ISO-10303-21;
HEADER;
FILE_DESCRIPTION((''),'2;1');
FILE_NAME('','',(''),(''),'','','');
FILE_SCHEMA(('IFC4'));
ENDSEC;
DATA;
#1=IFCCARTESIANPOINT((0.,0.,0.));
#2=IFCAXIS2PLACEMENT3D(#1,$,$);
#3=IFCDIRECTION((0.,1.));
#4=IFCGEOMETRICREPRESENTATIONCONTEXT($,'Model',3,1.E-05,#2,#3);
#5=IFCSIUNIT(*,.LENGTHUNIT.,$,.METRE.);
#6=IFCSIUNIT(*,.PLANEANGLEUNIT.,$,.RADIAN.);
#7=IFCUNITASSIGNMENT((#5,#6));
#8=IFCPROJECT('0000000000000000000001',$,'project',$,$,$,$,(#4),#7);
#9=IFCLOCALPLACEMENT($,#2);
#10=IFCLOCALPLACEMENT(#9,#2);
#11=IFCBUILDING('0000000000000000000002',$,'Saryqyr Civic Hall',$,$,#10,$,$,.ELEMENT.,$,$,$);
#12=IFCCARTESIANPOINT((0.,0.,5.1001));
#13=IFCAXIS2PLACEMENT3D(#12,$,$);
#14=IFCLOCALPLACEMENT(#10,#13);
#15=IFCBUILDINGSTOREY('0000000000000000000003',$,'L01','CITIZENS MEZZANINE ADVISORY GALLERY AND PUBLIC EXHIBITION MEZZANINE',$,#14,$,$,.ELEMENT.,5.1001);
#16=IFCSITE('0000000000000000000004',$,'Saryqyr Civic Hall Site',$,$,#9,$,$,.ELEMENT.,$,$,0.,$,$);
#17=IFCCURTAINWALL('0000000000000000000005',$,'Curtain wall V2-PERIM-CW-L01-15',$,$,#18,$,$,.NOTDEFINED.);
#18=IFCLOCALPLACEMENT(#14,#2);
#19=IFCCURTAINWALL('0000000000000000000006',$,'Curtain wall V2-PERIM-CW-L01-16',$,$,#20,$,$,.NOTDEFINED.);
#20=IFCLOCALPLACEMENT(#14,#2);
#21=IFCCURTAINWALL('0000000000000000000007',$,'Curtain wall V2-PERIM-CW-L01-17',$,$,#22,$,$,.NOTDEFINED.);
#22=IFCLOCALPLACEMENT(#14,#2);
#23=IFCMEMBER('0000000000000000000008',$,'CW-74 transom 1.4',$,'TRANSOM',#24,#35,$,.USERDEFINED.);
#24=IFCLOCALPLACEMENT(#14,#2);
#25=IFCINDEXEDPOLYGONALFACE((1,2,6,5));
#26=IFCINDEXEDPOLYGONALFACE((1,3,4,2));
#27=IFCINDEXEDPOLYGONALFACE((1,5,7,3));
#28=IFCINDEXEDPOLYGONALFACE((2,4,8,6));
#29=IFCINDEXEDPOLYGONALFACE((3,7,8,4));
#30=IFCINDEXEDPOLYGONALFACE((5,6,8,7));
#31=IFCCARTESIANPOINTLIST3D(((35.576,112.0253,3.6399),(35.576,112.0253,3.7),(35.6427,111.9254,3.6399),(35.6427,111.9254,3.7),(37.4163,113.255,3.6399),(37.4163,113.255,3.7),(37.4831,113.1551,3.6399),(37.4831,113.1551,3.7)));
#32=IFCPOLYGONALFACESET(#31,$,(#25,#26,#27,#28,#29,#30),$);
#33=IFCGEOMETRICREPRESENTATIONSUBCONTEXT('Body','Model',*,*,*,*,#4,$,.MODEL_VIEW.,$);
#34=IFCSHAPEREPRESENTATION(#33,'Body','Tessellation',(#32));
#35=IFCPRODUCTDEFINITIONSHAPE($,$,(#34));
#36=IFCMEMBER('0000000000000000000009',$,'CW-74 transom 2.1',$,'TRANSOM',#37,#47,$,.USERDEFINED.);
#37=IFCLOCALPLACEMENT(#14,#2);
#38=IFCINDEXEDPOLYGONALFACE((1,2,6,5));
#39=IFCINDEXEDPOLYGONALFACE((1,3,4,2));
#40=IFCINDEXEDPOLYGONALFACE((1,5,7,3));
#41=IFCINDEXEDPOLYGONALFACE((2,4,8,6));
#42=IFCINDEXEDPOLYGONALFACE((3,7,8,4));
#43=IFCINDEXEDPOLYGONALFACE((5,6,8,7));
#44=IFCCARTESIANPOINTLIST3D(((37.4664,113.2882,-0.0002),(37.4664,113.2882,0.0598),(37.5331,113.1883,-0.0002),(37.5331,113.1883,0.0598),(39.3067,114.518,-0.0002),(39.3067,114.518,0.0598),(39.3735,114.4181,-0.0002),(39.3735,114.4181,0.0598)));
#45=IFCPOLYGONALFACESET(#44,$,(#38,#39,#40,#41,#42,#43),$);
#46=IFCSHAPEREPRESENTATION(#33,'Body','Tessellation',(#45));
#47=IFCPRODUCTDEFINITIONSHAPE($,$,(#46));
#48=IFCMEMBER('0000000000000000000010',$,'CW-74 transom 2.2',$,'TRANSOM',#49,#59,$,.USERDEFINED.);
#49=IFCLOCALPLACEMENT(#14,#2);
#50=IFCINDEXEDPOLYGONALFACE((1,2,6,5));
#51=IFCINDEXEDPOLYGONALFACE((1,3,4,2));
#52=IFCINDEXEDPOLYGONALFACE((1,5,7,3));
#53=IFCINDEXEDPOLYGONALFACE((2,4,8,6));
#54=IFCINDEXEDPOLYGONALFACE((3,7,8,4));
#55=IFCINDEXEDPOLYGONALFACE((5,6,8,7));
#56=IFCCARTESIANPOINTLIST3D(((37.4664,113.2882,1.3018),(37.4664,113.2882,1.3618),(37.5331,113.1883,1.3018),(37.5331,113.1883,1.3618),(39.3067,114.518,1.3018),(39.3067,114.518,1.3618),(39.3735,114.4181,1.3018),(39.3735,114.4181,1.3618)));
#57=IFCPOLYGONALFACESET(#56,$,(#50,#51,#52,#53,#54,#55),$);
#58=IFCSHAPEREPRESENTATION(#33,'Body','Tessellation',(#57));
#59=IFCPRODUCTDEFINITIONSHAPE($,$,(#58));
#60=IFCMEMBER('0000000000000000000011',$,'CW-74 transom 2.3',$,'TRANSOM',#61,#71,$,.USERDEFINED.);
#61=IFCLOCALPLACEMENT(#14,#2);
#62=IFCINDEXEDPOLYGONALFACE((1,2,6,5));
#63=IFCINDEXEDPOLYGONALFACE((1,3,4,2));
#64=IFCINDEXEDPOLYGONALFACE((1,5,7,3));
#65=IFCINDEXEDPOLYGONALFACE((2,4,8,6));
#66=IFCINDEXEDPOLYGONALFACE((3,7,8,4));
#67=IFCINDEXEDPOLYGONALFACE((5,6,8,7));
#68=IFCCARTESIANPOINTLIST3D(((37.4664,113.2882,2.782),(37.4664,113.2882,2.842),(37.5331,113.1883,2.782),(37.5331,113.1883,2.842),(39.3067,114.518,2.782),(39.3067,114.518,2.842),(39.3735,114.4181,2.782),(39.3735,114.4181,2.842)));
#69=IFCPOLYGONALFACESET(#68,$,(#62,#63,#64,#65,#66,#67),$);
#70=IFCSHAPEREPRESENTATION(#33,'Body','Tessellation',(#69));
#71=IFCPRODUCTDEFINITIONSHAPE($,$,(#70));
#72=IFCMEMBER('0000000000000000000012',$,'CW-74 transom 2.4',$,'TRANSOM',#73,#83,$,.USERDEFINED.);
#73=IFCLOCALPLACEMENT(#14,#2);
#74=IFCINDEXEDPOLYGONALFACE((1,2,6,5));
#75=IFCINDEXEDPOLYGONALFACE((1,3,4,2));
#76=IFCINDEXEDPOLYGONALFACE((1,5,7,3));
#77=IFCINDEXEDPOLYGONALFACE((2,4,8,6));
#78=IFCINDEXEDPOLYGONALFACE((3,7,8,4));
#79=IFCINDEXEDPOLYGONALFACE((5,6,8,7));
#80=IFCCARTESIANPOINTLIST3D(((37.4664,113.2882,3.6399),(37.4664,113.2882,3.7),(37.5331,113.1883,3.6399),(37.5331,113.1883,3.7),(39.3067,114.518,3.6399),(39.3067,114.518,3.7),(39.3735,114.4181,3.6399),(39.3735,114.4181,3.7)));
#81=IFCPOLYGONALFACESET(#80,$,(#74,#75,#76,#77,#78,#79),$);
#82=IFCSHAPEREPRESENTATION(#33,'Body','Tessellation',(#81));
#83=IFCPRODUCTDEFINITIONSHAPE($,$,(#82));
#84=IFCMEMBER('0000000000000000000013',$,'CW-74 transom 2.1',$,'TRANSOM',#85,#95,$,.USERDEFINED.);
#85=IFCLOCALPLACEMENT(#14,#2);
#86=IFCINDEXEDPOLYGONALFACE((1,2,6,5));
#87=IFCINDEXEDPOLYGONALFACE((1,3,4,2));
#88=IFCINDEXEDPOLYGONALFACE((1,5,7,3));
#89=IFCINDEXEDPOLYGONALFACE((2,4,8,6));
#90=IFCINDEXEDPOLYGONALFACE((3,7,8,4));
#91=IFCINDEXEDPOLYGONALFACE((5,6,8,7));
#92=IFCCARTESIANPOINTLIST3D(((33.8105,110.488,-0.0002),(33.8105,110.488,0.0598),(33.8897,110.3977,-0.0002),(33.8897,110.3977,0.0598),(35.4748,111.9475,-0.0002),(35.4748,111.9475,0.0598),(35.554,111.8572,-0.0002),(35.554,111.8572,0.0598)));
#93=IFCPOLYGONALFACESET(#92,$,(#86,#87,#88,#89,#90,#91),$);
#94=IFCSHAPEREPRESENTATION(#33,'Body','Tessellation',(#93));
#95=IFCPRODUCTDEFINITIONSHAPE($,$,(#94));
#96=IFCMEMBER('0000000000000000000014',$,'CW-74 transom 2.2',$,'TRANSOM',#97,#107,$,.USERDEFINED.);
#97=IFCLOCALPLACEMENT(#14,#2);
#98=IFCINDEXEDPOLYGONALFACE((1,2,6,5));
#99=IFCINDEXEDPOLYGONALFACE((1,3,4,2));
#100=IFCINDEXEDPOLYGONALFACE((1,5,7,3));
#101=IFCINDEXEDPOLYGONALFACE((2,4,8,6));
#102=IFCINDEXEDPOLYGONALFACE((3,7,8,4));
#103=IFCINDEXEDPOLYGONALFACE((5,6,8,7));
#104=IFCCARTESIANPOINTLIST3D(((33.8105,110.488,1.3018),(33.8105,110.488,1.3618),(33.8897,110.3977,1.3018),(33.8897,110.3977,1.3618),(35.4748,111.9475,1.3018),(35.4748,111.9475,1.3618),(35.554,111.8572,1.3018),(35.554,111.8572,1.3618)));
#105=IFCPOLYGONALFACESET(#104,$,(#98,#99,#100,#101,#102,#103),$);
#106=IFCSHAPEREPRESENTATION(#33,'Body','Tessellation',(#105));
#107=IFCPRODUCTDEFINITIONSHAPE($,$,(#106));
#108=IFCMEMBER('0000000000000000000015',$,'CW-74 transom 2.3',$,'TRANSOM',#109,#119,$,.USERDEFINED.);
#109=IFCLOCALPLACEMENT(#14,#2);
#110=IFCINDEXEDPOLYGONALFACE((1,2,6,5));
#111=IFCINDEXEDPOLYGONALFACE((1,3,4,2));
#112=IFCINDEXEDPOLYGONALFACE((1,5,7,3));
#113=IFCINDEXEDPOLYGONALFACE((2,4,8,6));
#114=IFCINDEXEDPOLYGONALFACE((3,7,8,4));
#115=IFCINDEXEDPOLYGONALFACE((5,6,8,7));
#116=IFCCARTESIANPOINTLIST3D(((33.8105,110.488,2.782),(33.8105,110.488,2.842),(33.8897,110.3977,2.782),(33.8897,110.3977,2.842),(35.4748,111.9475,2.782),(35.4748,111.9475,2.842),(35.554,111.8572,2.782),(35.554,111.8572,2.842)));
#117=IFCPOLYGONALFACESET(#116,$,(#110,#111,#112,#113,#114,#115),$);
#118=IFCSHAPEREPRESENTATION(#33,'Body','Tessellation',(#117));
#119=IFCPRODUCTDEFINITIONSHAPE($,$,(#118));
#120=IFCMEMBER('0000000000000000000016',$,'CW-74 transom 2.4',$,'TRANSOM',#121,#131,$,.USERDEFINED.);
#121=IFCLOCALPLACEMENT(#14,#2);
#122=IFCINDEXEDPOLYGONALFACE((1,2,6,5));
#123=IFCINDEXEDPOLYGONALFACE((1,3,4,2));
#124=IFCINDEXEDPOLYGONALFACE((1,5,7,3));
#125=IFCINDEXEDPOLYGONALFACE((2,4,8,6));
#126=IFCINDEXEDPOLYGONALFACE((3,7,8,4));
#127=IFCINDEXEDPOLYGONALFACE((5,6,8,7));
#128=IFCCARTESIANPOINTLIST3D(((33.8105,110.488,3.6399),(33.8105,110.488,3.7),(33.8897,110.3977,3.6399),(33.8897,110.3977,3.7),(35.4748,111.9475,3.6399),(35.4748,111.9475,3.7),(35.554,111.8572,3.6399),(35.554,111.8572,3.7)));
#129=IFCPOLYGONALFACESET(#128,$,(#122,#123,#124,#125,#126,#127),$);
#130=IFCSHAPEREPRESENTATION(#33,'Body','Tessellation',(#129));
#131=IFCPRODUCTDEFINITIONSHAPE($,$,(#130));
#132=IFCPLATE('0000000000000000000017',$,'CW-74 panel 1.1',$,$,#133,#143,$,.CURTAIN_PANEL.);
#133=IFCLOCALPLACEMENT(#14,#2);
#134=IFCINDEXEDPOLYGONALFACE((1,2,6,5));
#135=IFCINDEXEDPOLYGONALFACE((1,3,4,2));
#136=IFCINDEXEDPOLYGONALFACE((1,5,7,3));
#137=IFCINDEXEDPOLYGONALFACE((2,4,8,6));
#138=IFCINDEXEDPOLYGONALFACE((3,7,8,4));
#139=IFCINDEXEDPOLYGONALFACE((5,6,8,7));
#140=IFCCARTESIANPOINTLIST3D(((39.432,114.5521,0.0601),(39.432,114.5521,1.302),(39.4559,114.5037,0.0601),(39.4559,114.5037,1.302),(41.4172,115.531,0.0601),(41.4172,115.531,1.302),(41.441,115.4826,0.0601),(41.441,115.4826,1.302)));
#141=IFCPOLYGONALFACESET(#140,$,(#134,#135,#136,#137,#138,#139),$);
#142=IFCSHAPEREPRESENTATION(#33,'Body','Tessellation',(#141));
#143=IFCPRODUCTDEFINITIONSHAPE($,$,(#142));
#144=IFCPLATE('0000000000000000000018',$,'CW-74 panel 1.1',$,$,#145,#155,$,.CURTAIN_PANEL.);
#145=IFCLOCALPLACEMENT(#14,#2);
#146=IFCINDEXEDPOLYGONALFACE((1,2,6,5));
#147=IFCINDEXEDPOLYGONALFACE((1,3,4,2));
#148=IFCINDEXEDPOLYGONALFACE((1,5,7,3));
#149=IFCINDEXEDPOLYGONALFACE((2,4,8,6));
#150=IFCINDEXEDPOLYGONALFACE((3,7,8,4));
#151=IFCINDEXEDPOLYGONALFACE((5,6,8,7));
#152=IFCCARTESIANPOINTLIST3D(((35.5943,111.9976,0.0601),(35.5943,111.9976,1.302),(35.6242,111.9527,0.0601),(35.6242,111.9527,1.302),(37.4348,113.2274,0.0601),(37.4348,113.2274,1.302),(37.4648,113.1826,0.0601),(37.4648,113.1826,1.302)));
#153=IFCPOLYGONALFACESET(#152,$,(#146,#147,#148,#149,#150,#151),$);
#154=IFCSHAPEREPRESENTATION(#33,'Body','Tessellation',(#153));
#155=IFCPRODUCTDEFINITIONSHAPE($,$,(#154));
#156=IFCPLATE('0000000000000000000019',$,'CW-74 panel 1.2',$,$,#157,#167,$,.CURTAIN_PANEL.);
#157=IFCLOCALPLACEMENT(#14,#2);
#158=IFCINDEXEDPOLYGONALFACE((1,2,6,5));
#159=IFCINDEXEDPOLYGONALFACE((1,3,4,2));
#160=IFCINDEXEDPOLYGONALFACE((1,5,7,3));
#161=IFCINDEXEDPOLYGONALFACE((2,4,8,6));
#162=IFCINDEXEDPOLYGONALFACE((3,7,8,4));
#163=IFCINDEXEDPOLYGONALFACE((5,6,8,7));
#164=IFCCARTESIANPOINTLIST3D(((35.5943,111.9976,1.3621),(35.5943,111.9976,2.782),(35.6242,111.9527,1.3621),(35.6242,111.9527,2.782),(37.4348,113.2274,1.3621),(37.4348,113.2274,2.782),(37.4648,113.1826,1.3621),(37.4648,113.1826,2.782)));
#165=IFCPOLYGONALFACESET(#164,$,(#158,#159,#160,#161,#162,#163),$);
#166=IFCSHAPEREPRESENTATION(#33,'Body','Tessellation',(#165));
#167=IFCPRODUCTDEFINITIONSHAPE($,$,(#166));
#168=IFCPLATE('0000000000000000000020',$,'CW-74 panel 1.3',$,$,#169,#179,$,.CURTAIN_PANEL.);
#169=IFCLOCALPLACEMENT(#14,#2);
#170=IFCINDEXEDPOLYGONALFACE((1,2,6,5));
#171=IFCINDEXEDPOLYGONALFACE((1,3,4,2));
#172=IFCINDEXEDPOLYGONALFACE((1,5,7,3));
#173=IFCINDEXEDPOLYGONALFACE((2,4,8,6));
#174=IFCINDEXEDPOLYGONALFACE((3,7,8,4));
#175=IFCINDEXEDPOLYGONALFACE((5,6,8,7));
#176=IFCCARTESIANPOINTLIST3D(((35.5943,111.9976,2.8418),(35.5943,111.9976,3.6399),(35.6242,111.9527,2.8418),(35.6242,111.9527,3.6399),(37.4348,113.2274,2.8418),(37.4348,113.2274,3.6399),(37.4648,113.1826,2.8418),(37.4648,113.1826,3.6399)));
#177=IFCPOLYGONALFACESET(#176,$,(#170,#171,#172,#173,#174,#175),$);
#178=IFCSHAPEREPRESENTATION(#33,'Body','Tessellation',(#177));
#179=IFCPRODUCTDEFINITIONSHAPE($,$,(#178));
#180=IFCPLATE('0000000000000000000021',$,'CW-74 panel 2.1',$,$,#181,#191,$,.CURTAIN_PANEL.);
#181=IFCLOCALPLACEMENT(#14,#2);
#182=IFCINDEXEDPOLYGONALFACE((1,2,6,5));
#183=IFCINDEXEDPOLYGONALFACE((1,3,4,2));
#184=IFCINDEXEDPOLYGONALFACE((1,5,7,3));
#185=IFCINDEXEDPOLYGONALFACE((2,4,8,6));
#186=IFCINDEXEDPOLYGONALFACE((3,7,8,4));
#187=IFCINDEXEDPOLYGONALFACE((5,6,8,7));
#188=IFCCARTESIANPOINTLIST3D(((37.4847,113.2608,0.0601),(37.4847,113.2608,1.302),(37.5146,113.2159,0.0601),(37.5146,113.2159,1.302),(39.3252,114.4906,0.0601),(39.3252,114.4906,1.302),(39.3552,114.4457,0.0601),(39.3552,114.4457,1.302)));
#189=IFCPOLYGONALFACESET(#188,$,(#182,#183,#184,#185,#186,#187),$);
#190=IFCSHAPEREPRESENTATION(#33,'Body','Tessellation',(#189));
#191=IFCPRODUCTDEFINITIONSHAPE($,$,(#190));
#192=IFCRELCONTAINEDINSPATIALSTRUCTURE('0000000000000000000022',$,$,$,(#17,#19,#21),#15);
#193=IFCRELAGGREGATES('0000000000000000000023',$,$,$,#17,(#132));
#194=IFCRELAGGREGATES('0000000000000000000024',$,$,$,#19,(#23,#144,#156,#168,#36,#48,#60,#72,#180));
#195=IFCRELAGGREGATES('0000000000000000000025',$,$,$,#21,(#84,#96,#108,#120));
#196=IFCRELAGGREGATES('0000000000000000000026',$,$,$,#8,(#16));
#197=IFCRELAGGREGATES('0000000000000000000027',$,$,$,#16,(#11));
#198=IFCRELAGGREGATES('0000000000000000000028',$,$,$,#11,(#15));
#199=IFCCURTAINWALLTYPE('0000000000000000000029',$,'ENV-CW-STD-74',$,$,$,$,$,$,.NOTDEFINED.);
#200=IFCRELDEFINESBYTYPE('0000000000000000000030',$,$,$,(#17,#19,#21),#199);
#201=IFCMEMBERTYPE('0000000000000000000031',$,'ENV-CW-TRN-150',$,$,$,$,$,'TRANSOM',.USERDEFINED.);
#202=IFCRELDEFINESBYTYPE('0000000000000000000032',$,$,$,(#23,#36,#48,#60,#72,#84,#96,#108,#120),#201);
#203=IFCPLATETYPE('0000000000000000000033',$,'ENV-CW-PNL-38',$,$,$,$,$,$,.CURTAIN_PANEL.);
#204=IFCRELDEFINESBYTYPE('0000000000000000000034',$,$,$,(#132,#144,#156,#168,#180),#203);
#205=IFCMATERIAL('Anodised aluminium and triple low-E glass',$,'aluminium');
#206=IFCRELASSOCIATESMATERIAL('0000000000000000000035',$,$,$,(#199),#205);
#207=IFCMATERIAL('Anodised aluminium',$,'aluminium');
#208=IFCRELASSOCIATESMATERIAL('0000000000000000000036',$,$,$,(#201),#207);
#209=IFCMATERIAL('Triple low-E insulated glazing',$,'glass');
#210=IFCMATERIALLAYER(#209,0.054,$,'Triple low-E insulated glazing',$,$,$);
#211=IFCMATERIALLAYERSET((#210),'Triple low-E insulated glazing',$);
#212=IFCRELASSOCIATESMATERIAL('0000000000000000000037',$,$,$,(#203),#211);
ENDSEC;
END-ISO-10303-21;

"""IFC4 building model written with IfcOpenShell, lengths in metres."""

from ifc_helpers import new_model, si_unit, direction, frame, origin, origin_2d, place, context, subcontext, project, spatial, rectangle, extrude, material, layer, layer_set, material_profile, profile_set, type_object, element, aggregate, save


model = new_model("IFC4")

# Units and contexts
model_context = context("Model", 3, precision=1e-05, world=origin(), true_north=direction((0.0, 1.0)))
body_context = subcontext(model_context, "Body", "Model", "MODEL_VIEW")
ifc_project = project(units=[si_unit("LENGTHUNIT", "METRE"), si_unit("PLANEANGLEUNIT", "RADIAN")], contexts=[model_context])

# Site, building, storey
site_placement = place(None, origin())
site = spatial("IfcSite", under=ifc_project, at=site_placement, Name="Saryqyr Civic Hall Site", CompositionType="ELEMENT", RefElevation=0.0)
building_placement = place(site_placement, origin())
building = spatial("IfcBuilding", under=site, at=building_placement, Name="Saryqyr Civic Hall", CompositionType="ELEMENT")
storey_placement = place(building_placement, frame((0.0, 0.0, 5.1001)))
storey = spatial("IfcBuildingStorey", under=building, at=storey_placement, Name="L01", Description="CITIZENS MEZZANINE ADVISORY GALLERY AND PUBLIC EXHIBITION MEZZANINE", CompositionType="ELEMENT", Elevation=5.1001)

# Curtain wall
ifc_material_1 = material(Name="Anodised aluminium and triple low-E glass", Category="aluminium")
curtain_wall_type = type_object("IfcCurtainWallType", Name="ENV-CW-STD-74", PredefinedType="NOTDEFINED", material=ifc_material_1)
curtain_wall_1_placement = place(storey_placement, origin())
curtain_wall_1 = element("IfcCurtainWall", 1, at=curtain_wall_1_placement, inside=storey, type_object=curtain_wall_type, Name="Curtain wall V2-PERIM-CW-L01-15", PredefinedType="NOTDEFINED")
ifc_material_2 = material(Name="Anodised aluminium", Category="aluminium")

# Curtain walls
curtain_wall_2_placement = place(storey_placement, origin())
curtain_wall_2 = element("IfcCurtainWall", 2, at=curtain_wall_2_placement, inside=storey, type_object=curtain_wall_type, Name="Curtain wall V2-PERIM-CW-L01-16", PredefinedType="NOTDEFINED")
curtain_wall_3_placement = place(storey_placement, origin())
curtain_wall_3 = element("IfcCurtainWall", 3, at=curtain_wall_3_placement, inside=storey, type_object=curtain_wall_type, Name="Curtain wall V2-PERIM-CW-L01-17", PredefinedType="NOTDEFINED")

# Members
ifc_material_profile_1 = material_profile(ifc_material_2, rectangle(XDim=0.1201, YDim=0.0601, at=origin_2d()), Name="ALU TRANSOM 120x60")
ifc_profile_set_1 = profile_set([ifc_material_profile_1], Name="Anodised aluminium")
member_type_1 = type_object("IfcMemberType", Name="ENV-CW-TRN-150", ElementType="TRANSOM", PredefinedType="USERDEFINED", material=ifc_profile_set_1)
member_1_placement = place(storey_placement, frame((35.6094, 111.9753, 3.6699), z_axis=(0.831456, 0.555591, 0.0), x_axis=(-0.555591, 0.831456, 0.0)))
member_1 = element("IfcMember", 4, at=member_1_placement, type_object=member_type_1, Name="CW-74 transom 1.4", ObjectType="TRANSOM", PredefinedType="USERDEFINED", context=body_context, shape_type="SweptSolid", body=[
    extrude(rectangle(XDim=0.1201, YDim=0.0601, at=origin_2d()), origin(), (0.0, 0.0, 1.0), 2.2134),
])
member_2_placement = place(storey_placement, frame((37.4998, 113.2383, 0.0298), z_axis=(0.831456, 0.555591, 0.0), x_axis=(-0.555591, 0.831456, 0.0)))
member_2 = element("IfcMember", 5, at=member_2_placement, type_object=member_type_1, Name="CW-74 transom 2.1", ObjectType="TRANSOM", PredefinedType="USERDEFINED", context=body_context, shape_type="SweptSolid", body=[
    extrude(rectangle(XDim=0.1201, YDim=0.0601, at=origin_2d()), origin(), (0.0, 0.0, 1.0), 2.2134),
])
member_3_placement = place(storey_placement, frame((37.4998, 113.2383, 1.3318), z_axis=(0.831456, 0.555591, 0.0), x_axis=(-0.555591, 0.831456, 0.0)))
member_3 = element("IfcMember", 6, at=member_3_placement, type_object=member_type_1, Name="CW-74 transom 2.2", ObjectType="TRANSOM", PredefinedType="USERDEFINED", context=body_context, shape_type="SweptSolid", body=[
    extrude(rectangle(XDim=0.1201, YDim=0.0601, at=origin_2d()), origin(), (0.0, 0.0, 1.0), 2.2134),
])
member_4_placement = place(storey_placement, frame((37.4998, 113.2383, 2.812), z_axis=(0.831456, 0.555591, 0.0), x_axis=(-0.555591, 0.831456, 0.0)))
member_4 = element("IfcMember", 7, at=member_4_placement, type_object=member_type_1, Name="CW-74 transom 2.3", ObjectType="TRANSOM", PredefinedType="USERDEFINED", context=body_context, shape_type="SweptSolid", body=[
    extrude(rectangle(XDim=0.1201, YDim=0.0601, at=origin_2d()), origin(), (0.0, 0.0, 1.0), 2.2134),
])
member_5_placement = place(storey_placement, frame((37.4998, 113.2383, 3.6699), z_axis=(0.831456, 0.555591, 0.0), x_axis=(-0.555591, 0.831456, 0.0)))
member_5 = element("IfcMember", 8, at=member_5_placement, type_object=member_type_1, Name="CW-74 transom 2.4", ObjectType="TRANSOM", PredefinedType="USERDEFINED", context=body_context, shape_type="SweptSolid", body=[
    extrude(rectangle(XDim=0.1201, YDim=0.0601, at=origin_2d()), origin(), (0.0, 0.0, 1.0), 2.2134),
])
member_6_placement = place(storey_placement, frame((33.8501, 110.4429, 0.0298), z_axis=(0.751859, 0.659324, 0.0), x_axis=(-0.659324, 0.751859, 0.0)))
member_6 = element("IfcMember", 9, at=member_6_placement, type_object=member_type_1, Name="CW-74 transom 2.1", ObjectType="TRANSOM", PredefinedType="USERDEFINED", context=body_context, shape_type="SweptSolid", body=[
    extrude(rectangle(XDim=0.1201, YDim=0.0601, at=origin_2d()), origin(), (0.0, 0.0, 1.0), 2.2136),
])
member_7_placement = place(storey_placement, frame((33.8501, 110.4429, 1.3318), z_axis=(0.751859, 0.659324, 0.0), x_axis=(-0.659324, 0.751859, 0.0)))
member_7 = element("IfcMember", 10, at=member_7_placement, type_object=member_type_1, Name="CW-74 transom 2.2", ObjectType="TRANSOM", PredefinedType="USERDEFINED", context=body_context, shape_type="SweptSolid", body=[
    extrude(rectangle(XDim=0.1201, YDim=0.0601, at=origin_2d()), origin(), (0.0, 0.0, 1.0), 2.2136),
])
member_8_placement = place(storey_placement, frame((33.8501, 110.4429, 2.812), z_axis=(0.751859, 0.659324, 0.0), x_axis=(-0.659324, 0.751859, 0.0)))
member_8 = element("IfcMember", 11, at=member_8_placement, type_object=member_type_1, Name="CW-74 transom 2.3", ObjectType="TRANSOM", PredefinedType="USERDEFINED", context=body_context, shape_type="SweptSolid", body=[
    extrude(rectangle(XDim=0.1201, YDim=0.0601, at=origin_2d()), origin(), (0.0, 0.0, 1.0), 2.2136),
])
member_9_placement = place(storey_placement, frame((33.8501, 110.4429, 3.6699), z_axis=(0.751859, 0.659324, 0.0), x_axis=(-0.659324, 0.751859, 0.0)))
member_9 = element("IfcMember", 12, at=member_9_placement, type_object=member_type_1, Name="CW-74 transom 2.4", ObjectType="TRANSOM", PredefinedType="USERDEFINED", context=body_context, shape_type="SweptSolid", body=[
    extrude(rectangle(XDim=0.1201, YDim=0.0601, at=origin_2d()), origin(), (0.0, 0.0, 1.0), 2.2136),
])

# Plates
ifc_material_3 = material(Name="Triple low-E insulated glazing", Category="glass")
ifc_layer = layer(ifc_material_3, 0.054, Name="Triple low-E insulated glazing")
ifc_layer_set = layer_set([ifc_layer], Name="Triple low-E insulated glazing")
plate_type = type_object("IfcPlateType", Name="ENV-CW-PNL-38", PredefinedType="CURTAIN_PANEL", material=ifc_layer_set)
plate_1_placement = place(storey_placement, frame((40.4365, 115.0173, 0.0601), z_axis=(0.0, 0.0, 1.0), x_axis=(0.896875, 0.442284, 0.0)))
plate_1 = element("IfcPlate", 13, at=plate_1_placement, type_object=plate_type, Name="CW-74 panel 1.1", PredefinedType="CURTAIN_PANEL", context=body_context, shape_type="SweptSolid", body=[
    extrude(rectangle(XDim=2.2134, YDim=0.054, at=origin_2d()), origin(), (0.0, 0.0, 1.0), 1.2419),
])
aggregate(curtain_wall_1, [plate_1])
plate_2_placement = place(storey_placement, frame((36.5295, 112.5901, 0.0601), z_axis=(0.0, 0.0, 1.0), x_axis=(0.831472, 0.555566, 0.0)))
plate_2 = element("IfcPlate", 14, at=plate_2_placement, type_object=plate_type, Name="CW-74 panel 1.1", PredefinedType="CURTAIN_PANEL", context=body_context, shape_type="SweptSolid", body=[
    extrude(rectangle(XDim=2.2136, YDim=0.054, at=origin_2d()), origin(), (0.0, 0.0, 1.0), 1.2419),
])
plate_3_placement = place(storey_placement, frame((36.5295, 112.5901, 1.3621), z_axis=(0.0, 0.0, 1.0), x_axis=(0.831472, 0.555566, 0.0)))
plate_3 = element("IfcPlate", 15, at=plate_3_placement, type_object=plate_type, Name="CW-74 panel 1.2", PredefinedType="CURTAIN_PANEL", context=body_context, shape_type="SweptSolid", body=[
    extrude(rectangle(XDim=2.2136, YDim=0.054, at=origin_2d()), origin(), (0.0, 0.0, 1.0), 1.4199),
])
plate_4_placement = place(storey_placement, frame((36.5295, 112.5901, 2.8418), z_axis=(0.0, 0.0, 1.0), x_axis=(0.831472, 0.555566, 0.0)))
plate_4 = element("IfcPlate", 16, at=plate_4_placement, type_object=plate_type, Name="CW-74 panel 1.3", PredefinedType="CURTAIN_PANEL", context=body_context, shape_type="SweptSolid", body=[
    extrude(rectangle(XDim=2.2136, YDim=0.054, at=origin_2d()), origin(), (0.0, 0.0, 1.0), 0.7981),
])
plate_5_placement = place(storey_placement, frame((38.4199, 113.8533, 0.0601), z_axis=(0.0, 0.0, 1.0), x_axis=(0.831472, 0.555566, 0.0)))
plate_5 = element("IfcPlate", 17, at=plate_5_placement, type_object=plate_type, Name="CW-74 panel 2.1", PredefinedType="CURTAIN_PANEL", context=body_context, shape_type="SweptSolid", body=[
    extrude(rectangle(XDim=2.2136, YDim=0.054, at=origin_2d()), origin(), (0.0, 0.0, 1.0), 1.2419),
])
aggregate(curtain_wall_2, [member_1, plate_2, plate_3, plate_4, member_2, member_3, member_4, member_5, plate_5])
aggregate(curtain_wall_3, [member_6, member_7, member_8, member_9])

save(model, "model.ifc")
